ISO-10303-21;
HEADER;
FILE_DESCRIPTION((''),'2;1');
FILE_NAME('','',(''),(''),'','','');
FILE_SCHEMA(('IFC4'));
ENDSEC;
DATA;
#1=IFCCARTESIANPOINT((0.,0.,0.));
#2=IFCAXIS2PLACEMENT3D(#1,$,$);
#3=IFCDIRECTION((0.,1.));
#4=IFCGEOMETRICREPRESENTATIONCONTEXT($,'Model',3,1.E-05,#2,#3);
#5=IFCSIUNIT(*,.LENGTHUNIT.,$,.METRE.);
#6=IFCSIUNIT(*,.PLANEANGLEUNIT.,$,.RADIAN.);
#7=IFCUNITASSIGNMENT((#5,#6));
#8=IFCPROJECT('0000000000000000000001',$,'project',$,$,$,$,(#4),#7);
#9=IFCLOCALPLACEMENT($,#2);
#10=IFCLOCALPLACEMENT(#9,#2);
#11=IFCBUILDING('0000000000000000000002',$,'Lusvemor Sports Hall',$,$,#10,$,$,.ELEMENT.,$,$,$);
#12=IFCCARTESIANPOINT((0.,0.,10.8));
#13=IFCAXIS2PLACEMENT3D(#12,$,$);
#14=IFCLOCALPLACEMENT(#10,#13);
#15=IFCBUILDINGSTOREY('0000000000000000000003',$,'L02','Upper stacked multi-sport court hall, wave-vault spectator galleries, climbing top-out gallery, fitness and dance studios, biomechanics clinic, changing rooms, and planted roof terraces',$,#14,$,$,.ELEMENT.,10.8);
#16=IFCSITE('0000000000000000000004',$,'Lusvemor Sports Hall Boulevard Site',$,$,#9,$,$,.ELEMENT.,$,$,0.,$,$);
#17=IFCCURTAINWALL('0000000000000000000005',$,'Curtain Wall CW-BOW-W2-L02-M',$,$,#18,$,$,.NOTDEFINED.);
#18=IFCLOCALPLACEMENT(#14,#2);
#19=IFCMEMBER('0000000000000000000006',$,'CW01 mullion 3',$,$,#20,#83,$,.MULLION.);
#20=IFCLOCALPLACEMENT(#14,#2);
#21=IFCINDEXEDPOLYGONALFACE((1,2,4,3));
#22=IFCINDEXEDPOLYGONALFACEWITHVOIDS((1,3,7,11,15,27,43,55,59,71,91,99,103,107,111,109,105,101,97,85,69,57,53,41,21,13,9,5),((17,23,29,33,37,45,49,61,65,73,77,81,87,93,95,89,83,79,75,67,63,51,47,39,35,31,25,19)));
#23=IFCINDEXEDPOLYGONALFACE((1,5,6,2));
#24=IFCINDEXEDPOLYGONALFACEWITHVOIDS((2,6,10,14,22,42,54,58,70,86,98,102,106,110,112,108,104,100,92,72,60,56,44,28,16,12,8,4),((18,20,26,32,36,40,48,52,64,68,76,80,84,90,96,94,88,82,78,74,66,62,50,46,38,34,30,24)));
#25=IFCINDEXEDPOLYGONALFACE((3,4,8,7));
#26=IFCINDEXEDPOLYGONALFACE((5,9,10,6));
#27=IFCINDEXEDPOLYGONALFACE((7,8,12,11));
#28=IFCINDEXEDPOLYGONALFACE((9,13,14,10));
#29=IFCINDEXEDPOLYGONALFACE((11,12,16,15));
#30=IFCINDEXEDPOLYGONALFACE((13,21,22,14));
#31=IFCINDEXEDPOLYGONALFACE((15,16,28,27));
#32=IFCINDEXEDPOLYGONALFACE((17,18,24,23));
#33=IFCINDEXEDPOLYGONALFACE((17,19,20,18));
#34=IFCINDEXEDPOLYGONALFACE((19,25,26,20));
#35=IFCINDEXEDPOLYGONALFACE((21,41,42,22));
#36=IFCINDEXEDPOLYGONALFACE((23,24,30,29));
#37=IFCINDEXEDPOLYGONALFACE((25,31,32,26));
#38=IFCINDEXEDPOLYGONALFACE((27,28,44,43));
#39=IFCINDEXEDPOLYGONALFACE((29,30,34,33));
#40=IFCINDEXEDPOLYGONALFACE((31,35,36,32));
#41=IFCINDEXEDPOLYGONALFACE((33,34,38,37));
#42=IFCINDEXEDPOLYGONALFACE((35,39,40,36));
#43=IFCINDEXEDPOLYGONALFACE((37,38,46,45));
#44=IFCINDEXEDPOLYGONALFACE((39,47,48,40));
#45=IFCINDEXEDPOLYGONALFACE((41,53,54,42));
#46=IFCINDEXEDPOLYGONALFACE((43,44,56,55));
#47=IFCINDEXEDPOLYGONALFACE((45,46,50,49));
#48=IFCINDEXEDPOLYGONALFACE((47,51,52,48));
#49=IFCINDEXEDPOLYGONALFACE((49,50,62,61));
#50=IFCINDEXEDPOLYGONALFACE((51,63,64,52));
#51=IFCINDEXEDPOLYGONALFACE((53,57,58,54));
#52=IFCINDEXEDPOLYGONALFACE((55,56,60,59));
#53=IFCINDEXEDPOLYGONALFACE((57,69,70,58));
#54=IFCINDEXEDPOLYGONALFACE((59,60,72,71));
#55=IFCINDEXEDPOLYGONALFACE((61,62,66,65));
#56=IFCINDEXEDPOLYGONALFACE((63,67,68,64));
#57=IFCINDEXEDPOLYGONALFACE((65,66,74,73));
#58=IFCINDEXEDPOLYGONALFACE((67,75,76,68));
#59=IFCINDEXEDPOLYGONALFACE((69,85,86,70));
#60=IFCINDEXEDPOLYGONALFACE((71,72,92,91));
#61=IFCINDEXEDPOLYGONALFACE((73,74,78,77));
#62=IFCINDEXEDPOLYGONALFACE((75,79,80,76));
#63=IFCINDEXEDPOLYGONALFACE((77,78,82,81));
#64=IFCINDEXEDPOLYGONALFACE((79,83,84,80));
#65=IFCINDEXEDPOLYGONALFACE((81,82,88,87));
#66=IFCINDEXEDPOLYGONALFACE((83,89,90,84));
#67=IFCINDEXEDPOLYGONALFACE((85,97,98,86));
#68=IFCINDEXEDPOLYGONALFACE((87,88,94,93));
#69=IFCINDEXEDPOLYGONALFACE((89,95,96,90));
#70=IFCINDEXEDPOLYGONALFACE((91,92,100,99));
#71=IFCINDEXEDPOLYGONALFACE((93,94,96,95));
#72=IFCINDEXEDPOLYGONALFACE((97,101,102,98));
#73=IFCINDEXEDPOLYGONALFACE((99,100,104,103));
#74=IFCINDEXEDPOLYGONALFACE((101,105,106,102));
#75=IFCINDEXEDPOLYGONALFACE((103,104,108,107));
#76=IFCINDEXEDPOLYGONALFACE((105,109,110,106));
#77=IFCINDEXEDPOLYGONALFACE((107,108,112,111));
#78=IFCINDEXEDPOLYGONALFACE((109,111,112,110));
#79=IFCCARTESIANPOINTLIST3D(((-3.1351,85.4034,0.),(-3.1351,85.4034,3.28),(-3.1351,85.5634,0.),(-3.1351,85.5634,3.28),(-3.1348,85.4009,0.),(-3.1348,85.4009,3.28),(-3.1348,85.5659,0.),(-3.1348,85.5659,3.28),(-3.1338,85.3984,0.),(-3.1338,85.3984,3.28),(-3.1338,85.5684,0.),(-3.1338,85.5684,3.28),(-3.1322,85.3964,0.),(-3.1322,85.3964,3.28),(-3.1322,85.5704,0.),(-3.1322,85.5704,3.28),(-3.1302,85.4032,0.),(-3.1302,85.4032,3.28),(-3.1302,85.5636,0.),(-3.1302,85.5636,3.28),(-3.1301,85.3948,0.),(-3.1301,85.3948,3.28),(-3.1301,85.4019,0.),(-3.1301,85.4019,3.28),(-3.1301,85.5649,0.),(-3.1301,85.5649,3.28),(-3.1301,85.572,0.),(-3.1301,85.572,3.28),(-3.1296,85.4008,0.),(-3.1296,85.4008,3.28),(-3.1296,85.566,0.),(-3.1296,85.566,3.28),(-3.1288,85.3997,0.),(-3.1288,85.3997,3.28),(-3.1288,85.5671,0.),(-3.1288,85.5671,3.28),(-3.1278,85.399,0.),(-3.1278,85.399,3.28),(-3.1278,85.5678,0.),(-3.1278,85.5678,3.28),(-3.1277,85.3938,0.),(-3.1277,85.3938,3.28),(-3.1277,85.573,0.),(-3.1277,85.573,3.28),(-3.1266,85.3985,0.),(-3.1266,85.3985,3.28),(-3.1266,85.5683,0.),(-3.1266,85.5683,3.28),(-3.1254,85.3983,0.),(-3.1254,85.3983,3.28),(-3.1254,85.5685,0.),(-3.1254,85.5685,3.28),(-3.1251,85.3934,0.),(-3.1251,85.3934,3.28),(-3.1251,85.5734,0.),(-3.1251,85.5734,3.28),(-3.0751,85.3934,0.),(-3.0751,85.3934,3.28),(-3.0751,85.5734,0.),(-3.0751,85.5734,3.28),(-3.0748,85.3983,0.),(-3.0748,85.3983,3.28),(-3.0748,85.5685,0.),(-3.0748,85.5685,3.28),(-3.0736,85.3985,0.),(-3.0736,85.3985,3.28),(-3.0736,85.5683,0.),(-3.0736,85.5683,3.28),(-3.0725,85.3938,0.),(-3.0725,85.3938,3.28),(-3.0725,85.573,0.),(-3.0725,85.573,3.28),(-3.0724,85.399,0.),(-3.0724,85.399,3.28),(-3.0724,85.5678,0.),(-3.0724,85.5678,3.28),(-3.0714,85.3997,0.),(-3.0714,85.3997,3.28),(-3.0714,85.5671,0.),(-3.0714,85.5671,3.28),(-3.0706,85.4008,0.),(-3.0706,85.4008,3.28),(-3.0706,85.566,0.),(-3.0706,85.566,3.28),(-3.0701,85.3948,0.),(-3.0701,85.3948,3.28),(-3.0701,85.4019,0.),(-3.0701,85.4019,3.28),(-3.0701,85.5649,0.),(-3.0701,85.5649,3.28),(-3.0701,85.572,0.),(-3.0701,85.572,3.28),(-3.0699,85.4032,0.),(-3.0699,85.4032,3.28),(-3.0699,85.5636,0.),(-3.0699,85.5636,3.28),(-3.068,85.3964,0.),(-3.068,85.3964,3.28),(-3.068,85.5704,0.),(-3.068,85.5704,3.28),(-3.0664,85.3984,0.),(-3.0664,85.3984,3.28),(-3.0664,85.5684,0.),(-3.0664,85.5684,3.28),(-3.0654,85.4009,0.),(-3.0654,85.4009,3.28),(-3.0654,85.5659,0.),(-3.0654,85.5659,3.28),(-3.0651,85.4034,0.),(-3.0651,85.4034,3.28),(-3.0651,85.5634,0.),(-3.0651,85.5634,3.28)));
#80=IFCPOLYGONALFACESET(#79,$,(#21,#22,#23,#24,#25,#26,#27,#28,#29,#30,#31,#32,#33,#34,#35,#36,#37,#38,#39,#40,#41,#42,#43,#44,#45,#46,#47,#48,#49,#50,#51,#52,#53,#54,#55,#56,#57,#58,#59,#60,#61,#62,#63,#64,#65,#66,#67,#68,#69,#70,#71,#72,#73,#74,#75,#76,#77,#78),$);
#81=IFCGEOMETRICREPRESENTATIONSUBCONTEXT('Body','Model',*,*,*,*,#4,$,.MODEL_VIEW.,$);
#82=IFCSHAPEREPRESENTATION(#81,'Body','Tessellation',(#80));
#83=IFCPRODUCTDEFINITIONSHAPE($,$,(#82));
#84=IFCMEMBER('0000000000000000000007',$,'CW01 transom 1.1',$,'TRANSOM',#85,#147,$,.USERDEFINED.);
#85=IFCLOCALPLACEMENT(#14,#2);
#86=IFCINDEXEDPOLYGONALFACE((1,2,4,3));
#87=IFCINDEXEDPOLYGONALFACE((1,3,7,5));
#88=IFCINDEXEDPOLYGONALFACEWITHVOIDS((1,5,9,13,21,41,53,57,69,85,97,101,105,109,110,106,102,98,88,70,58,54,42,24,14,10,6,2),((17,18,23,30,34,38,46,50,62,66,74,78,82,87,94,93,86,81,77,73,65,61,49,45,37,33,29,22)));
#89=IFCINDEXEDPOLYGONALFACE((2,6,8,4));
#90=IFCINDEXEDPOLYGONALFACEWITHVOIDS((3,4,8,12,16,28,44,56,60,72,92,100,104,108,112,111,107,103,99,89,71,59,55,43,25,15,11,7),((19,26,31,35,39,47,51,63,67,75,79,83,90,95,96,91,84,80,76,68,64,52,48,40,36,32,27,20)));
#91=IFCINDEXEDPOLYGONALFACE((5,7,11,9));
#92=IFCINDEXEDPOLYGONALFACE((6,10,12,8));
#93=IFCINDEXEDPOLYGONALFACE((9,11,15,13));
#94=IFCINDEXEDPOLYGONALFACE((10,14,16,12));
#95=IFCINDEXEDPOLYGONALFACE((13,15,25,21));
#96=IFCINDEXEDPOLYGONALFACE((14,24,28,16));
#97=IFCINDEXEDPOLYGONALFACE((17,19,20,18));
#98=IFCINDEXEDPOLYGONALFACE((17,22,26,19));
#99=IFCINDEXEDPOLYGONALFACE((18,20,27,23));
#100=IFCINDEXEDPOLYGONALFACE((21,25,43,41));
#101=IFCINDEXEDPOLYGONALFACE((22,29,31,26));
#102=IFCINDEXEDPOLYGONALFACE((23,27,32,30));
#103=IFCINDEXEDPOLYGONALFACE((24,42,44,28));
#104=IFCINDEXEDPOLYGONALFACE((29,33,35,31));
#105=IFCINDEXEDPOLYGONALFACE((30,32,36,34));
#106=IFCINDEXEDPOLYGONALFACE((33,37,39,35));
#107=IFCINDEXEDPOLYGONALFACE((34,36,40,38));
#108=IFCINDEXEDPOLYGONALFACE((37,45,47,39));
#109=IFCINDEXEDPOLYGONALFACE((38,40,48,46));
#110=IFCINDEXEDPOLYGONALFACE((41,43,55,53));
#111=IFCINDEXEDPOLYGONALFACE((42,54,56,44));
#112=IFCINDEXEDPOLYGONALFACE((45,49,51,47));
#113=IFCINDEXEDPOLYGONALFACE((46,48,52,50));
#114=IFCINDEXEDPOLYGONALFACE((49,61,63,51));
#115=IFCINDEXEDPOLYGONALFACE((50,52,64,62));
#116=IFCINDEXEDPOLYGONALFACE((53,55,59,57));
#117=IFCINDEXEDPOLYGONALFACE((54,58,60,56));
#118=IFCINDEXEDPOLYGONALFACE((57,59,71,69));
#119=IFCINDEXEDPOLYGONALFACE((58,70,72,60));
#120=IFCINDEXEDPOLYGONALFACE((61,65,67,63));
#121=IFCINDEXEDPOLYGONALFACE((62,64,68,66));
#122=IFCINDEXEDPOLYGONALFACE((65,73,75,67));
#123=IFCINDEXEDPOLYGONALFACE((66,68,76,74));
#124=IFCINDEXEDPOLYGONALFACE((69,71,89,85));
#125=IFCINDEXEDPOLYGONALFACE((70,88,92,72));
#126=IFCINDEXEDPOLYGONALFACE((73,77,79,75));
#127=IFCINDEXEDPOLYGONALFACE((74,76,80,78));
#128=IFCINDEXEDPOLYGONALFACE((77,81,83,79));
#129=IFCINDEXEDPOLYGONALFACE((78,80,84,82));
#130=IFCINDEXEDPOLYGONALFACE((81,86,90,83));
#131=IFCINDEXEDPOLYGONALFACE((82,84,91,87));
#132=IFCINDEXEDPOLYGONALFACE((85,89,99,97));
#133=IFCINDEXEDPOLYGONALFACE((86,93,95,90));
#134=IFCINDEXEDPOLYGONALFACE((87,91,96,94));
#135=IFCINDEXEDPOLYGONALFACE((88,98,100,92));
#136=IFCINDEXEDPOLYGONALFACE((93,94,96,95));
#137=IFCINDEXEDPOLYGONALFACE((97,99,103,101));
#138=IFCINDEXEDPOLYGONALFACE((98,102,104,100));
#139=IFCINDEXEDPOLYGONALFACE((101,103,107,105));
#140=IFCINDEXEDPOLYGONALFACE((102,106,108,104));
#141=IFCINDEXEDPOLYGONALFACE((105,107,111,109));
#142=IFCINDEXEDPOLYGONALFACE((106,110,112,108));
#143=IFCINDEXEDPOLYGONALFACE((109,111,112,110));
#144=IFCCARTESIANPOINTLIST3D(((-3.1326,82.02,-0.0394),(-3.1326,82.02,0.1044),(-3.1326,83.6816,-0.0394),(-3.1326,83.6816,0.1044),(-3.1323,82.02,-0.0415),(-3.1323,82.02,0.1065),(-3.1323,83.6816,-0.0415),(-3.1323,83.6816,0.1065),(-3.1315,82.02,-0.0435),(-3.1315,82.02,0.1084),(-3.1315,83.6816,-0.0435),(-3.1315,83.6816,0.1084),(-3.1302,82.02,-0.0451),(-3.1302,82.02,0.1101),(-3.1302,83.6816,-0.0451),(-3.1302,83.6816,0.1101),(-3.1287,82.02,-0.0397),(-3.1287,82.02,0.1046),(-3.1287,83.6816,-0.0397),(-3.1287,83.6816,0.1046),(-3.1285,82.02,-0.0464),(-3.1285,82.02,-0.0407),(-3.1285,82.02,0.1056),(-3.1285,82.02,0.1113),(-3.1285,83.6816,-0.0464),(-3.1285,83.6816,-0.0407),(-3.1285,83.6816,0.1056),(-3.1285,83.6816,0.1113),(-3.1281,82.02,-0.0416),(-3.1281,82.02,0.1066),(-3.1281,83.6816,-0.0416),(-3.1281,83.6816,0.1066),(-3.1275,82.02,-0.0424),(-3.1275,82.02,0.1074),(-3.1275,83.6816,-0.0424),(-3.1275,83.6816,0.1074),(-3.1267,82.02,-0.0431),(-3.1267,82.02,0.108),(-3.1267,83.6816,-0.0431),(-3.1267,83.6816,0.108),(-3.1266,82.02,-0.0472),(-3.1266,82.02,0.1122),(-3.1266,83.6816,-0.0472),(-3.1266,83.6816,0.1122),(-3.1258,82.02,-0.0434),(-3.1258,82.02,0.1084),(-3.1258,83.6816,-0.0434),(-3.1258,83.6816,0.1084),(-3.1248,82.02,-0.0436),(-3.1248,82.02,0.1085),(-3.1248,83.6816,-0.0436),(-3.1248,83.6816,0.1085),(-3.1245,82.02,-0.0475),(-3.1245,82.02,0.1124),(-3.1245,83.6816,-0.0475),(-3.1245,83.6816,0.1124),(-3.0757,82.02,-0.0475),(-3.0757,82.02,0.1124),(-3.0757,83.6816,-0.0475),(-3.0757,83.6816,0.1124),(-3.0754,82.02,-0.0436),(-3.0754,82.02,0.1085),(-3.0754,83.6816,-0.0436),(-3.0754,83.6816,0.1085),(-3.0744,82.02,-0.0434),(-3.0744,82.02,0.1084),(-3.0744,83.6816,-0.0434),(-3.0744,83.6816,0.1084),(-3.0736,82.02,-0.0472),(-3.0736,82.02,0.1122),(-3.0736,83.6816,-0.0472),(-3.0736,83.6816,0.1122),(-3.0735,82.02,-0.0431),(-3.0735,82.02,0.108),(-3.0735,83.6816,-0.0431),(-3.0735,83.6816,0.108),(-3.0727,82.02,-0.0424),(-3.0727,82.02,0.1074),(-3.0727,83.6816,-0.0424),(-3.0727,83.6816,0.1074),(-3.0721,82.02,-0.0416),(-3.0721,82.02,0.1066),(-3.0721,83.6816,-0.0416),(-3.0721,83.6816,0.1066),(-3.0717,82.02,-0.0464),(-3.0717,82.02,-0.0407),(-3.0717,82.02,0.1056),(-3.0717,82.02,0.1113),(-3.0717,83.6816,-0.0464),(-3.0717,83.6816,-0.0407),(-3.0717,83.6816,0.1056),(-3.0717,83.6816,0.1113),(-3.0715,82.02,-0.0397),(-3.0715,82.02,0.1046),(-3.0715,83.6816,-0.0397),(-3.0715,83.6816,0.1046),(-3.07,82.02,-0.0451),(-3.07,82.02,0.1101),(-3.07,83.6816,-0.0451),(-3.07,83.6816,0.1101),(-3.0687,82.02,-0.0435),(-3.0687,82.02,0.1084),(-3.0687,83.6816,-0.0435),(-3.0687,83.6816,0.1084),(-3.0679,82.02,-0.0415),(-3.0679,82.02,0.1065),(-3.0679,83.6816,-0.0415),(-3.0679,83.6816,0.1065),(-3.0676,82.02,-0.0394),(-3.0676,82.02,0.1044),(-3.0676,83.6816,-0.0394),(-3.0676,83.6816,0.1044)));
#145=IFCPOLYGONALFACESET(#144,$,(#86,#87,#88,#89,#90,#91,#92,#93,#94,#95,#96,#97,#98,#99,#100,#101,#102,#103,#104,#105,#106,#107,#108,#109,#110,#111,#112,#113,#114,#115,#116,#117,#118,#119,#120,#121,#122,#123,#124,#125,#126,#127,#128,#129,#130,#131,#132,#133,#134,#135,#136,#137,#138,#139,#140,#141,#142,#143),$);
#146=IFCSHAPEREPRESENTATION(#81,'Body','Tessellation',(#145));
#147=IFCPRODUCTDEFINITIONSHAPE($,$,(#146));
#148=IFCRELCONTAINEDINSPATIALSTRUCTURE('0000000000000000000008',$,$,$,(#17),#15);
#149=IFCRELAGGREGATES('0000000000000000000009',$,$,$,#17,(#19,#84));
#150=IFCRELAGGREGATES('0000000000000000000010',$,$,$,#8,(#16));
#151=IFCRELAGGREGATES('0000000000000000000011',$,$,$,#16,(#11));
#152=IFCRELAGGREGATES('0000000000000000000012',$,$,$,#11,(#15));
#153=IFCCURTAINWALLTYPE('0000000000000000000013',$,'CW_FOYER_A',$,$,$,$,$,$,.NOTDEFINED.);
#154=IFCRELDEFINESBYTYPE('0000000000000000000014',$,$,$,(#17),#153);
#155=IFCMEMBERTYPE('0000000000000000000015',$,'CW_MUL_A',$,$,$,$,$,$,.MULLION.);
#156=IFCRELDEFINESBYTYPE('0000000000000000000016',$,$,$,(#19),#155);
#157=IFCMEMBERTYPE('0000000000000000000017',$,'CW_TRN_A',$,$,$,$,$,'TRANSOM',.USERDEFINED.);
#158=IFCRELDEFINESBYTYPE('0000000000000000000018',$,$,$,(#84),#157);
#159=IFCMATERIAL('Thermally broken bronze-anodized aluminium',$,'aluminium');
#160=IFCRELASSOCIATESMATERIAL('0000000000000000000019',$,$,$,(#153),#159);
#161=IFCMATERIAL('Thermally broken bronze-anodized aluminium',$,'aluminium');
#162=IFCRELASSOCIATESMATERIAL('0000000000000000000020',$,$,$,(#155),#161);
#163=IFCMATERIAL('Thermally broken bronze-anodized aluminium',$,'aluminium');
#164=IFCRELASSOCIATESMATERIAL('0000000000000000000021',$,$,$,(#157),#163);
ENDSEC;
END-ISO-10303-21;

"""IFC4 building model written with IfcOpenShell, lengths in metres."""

from ifc_helpers import new_model, si_unit, direction, frame, origin, origin_2d, place, context, subcontext, project, spatial, hollow_rectangle, extrude, material, material_profile, profile_set, type_object, element, aggregate, save


model = new_model("IFC4")

# Units and contexts
model_context = context("Model", 3, precision=1e-05, world=origin(), true_north=direction((0.0, 1.0)))
body_context = subcontext(model_context, "Body", "Model", "MODEL_VIEW")
ifc_project = project(units=[si_unit("LENGTHUNIT", "METRE"), si_unit("PLANEANGLEUNIT", "RADIAN")], contexts=[model_context])

# Site, building, storey
site_placement = place(None, origin())
site = spatial("IfcSite", under=ifc_project, at=site_placement, Name="Lusvemor Sports Hall Boulevard Site", CompositionType="ELEMENT", RefElevation=0.0)
building_placement = place(site_placement, origin())
building = spatial("IfcBuilding", under=site, at=building_placement, Name="Lusvemor Sports Hall", CompositionType="ELEMENT")
storey_placement = place(building_placement, frame((0.0, 0.0, 10.8)))
storey = spatial("IfcBuildingStorey", under=building, at=storey_placement, Name="L02", Description="Upper stacked multi-sport court hall, wave-vault spectator galleries, climbing top-out gallery, fitness and dance studios, biomechanics clinic, changing rooms, and planted roof terraces", CompositionType="ELEMENT", Elevation=10.8)

# Curtain wall, members
ifc_material_1 = material(Name="Thermally broken bronze-anodized aluminium", Category="aluminium")
curtain_wall_type = type_object("IfcCurtainWallType", Name="CW_FOYER_A", PredefinedType="NOTDEFINED", material=ifc_material_1)
curtain_wall_placement = place(storey_placement, origin())
curtain_wall = element("IfcCurtainWall", 1, at=curtain_wall_placement, inside=storey, type_object=curtain_wall_type, Name="Curtain Wall CW-BOW-W2-L02-M", PredefinedType="NOTDEFINED")
ifc_material_2 = material(Name="Thermally broken bronze-anodized aluminium", Category="aluminium")
ifc_material_profile_1 = material_profile(ifc_material_2, hollow_rectangle(XDim=0.0701, YDim=0.1799, WallThickness=0.0049, InnerFilletRadius=0.0049, OuterFilletRadius=0.01, at=origin_2d()), Name="CWMUL180x70x5")
ifc_profile_set_1 = profile_set([ifc_material_profile_1], Name="Thermally broken bronze-anodized aluminium")
member_type_1 = type_object("IfcMemberType", Name="CW_MUL_A", PredefinedType="MULLION", material=ifc_profile_set_1)
member_1_placement = place(storey_placement, frame((-3.1001, 85.4834, 0.0), z_axis=(0.0, 0.0, 1.0), x_axis=(-1.0, 0.0, 0.0)))
member_1 = element("IfcMember", 2, at=member_1_placement, type_object=member_type_1, Name="CW01 mullion 3", PredefinedType="MULLION", context=body_context, shape_type="SweptSolid", body=[
    extrude(hollow_rectangle(XDim=0.0701, YDim=0.1799, WallThickness=0.0049, InnerFilletRadius=0.0049, OuterFilletRadius=0.01, at=origin_2d()), origin(), (0.0, 0.0, 1.0), 3.28),
])
ifc_material_3 = material(Name="Thermally broken bronze-anodized aluminium", Category="aluminium")
ifc_material_profile_2 = material_profile(ifc_material_3, hollow_rectangle(XDim=0.0649, YDim=0.1599, WallThickness=0.0039, InnerFilletRadius=0.0039, OuterFilletRadius=0.0081, at=origin_2d()), Name="CWTRN160x65x4")
ifc_profile_set_2 = profile_set([ifc_material_profile_2], Name="Thermally broken bronze-anodized aluminium")
member_type_2 = type_object("IfcMemberType", Name="CW_TRN_A", ElementType="TRANSOM", PredefinedType="USERDEFINED", material=ifc_profile_set_2)
member_2_placement = place(storey_placement, frame((-3.1001, 82.02, 0.0325), z_axis=(0.0, 1.0, 0.0), x_axis=(-1.0, 0.0, 0.0)))
member_2 = element("IfcMember", 3, at=member_2_placement, type_object=member_type_2, Name="CW01 transom 1.1", ObjectType="TRANSOM", PredefinedType="USERDEFINED", context=body_context, shape_type="SweptSolid", body=[
    extrude(hollow_rectangle(XDim=0.0649, YDim=0.1599, WallThickness=0.0039, InnerFilletRadius=0.0039, OuterFilletRadius=0.0081, at=origin_2d()), origin(), (0.0, 0.0, 1.0), 1.6616),
])

aggregate(curtain_wall, [member_1, member_2])

save(model, "model.ifc")
